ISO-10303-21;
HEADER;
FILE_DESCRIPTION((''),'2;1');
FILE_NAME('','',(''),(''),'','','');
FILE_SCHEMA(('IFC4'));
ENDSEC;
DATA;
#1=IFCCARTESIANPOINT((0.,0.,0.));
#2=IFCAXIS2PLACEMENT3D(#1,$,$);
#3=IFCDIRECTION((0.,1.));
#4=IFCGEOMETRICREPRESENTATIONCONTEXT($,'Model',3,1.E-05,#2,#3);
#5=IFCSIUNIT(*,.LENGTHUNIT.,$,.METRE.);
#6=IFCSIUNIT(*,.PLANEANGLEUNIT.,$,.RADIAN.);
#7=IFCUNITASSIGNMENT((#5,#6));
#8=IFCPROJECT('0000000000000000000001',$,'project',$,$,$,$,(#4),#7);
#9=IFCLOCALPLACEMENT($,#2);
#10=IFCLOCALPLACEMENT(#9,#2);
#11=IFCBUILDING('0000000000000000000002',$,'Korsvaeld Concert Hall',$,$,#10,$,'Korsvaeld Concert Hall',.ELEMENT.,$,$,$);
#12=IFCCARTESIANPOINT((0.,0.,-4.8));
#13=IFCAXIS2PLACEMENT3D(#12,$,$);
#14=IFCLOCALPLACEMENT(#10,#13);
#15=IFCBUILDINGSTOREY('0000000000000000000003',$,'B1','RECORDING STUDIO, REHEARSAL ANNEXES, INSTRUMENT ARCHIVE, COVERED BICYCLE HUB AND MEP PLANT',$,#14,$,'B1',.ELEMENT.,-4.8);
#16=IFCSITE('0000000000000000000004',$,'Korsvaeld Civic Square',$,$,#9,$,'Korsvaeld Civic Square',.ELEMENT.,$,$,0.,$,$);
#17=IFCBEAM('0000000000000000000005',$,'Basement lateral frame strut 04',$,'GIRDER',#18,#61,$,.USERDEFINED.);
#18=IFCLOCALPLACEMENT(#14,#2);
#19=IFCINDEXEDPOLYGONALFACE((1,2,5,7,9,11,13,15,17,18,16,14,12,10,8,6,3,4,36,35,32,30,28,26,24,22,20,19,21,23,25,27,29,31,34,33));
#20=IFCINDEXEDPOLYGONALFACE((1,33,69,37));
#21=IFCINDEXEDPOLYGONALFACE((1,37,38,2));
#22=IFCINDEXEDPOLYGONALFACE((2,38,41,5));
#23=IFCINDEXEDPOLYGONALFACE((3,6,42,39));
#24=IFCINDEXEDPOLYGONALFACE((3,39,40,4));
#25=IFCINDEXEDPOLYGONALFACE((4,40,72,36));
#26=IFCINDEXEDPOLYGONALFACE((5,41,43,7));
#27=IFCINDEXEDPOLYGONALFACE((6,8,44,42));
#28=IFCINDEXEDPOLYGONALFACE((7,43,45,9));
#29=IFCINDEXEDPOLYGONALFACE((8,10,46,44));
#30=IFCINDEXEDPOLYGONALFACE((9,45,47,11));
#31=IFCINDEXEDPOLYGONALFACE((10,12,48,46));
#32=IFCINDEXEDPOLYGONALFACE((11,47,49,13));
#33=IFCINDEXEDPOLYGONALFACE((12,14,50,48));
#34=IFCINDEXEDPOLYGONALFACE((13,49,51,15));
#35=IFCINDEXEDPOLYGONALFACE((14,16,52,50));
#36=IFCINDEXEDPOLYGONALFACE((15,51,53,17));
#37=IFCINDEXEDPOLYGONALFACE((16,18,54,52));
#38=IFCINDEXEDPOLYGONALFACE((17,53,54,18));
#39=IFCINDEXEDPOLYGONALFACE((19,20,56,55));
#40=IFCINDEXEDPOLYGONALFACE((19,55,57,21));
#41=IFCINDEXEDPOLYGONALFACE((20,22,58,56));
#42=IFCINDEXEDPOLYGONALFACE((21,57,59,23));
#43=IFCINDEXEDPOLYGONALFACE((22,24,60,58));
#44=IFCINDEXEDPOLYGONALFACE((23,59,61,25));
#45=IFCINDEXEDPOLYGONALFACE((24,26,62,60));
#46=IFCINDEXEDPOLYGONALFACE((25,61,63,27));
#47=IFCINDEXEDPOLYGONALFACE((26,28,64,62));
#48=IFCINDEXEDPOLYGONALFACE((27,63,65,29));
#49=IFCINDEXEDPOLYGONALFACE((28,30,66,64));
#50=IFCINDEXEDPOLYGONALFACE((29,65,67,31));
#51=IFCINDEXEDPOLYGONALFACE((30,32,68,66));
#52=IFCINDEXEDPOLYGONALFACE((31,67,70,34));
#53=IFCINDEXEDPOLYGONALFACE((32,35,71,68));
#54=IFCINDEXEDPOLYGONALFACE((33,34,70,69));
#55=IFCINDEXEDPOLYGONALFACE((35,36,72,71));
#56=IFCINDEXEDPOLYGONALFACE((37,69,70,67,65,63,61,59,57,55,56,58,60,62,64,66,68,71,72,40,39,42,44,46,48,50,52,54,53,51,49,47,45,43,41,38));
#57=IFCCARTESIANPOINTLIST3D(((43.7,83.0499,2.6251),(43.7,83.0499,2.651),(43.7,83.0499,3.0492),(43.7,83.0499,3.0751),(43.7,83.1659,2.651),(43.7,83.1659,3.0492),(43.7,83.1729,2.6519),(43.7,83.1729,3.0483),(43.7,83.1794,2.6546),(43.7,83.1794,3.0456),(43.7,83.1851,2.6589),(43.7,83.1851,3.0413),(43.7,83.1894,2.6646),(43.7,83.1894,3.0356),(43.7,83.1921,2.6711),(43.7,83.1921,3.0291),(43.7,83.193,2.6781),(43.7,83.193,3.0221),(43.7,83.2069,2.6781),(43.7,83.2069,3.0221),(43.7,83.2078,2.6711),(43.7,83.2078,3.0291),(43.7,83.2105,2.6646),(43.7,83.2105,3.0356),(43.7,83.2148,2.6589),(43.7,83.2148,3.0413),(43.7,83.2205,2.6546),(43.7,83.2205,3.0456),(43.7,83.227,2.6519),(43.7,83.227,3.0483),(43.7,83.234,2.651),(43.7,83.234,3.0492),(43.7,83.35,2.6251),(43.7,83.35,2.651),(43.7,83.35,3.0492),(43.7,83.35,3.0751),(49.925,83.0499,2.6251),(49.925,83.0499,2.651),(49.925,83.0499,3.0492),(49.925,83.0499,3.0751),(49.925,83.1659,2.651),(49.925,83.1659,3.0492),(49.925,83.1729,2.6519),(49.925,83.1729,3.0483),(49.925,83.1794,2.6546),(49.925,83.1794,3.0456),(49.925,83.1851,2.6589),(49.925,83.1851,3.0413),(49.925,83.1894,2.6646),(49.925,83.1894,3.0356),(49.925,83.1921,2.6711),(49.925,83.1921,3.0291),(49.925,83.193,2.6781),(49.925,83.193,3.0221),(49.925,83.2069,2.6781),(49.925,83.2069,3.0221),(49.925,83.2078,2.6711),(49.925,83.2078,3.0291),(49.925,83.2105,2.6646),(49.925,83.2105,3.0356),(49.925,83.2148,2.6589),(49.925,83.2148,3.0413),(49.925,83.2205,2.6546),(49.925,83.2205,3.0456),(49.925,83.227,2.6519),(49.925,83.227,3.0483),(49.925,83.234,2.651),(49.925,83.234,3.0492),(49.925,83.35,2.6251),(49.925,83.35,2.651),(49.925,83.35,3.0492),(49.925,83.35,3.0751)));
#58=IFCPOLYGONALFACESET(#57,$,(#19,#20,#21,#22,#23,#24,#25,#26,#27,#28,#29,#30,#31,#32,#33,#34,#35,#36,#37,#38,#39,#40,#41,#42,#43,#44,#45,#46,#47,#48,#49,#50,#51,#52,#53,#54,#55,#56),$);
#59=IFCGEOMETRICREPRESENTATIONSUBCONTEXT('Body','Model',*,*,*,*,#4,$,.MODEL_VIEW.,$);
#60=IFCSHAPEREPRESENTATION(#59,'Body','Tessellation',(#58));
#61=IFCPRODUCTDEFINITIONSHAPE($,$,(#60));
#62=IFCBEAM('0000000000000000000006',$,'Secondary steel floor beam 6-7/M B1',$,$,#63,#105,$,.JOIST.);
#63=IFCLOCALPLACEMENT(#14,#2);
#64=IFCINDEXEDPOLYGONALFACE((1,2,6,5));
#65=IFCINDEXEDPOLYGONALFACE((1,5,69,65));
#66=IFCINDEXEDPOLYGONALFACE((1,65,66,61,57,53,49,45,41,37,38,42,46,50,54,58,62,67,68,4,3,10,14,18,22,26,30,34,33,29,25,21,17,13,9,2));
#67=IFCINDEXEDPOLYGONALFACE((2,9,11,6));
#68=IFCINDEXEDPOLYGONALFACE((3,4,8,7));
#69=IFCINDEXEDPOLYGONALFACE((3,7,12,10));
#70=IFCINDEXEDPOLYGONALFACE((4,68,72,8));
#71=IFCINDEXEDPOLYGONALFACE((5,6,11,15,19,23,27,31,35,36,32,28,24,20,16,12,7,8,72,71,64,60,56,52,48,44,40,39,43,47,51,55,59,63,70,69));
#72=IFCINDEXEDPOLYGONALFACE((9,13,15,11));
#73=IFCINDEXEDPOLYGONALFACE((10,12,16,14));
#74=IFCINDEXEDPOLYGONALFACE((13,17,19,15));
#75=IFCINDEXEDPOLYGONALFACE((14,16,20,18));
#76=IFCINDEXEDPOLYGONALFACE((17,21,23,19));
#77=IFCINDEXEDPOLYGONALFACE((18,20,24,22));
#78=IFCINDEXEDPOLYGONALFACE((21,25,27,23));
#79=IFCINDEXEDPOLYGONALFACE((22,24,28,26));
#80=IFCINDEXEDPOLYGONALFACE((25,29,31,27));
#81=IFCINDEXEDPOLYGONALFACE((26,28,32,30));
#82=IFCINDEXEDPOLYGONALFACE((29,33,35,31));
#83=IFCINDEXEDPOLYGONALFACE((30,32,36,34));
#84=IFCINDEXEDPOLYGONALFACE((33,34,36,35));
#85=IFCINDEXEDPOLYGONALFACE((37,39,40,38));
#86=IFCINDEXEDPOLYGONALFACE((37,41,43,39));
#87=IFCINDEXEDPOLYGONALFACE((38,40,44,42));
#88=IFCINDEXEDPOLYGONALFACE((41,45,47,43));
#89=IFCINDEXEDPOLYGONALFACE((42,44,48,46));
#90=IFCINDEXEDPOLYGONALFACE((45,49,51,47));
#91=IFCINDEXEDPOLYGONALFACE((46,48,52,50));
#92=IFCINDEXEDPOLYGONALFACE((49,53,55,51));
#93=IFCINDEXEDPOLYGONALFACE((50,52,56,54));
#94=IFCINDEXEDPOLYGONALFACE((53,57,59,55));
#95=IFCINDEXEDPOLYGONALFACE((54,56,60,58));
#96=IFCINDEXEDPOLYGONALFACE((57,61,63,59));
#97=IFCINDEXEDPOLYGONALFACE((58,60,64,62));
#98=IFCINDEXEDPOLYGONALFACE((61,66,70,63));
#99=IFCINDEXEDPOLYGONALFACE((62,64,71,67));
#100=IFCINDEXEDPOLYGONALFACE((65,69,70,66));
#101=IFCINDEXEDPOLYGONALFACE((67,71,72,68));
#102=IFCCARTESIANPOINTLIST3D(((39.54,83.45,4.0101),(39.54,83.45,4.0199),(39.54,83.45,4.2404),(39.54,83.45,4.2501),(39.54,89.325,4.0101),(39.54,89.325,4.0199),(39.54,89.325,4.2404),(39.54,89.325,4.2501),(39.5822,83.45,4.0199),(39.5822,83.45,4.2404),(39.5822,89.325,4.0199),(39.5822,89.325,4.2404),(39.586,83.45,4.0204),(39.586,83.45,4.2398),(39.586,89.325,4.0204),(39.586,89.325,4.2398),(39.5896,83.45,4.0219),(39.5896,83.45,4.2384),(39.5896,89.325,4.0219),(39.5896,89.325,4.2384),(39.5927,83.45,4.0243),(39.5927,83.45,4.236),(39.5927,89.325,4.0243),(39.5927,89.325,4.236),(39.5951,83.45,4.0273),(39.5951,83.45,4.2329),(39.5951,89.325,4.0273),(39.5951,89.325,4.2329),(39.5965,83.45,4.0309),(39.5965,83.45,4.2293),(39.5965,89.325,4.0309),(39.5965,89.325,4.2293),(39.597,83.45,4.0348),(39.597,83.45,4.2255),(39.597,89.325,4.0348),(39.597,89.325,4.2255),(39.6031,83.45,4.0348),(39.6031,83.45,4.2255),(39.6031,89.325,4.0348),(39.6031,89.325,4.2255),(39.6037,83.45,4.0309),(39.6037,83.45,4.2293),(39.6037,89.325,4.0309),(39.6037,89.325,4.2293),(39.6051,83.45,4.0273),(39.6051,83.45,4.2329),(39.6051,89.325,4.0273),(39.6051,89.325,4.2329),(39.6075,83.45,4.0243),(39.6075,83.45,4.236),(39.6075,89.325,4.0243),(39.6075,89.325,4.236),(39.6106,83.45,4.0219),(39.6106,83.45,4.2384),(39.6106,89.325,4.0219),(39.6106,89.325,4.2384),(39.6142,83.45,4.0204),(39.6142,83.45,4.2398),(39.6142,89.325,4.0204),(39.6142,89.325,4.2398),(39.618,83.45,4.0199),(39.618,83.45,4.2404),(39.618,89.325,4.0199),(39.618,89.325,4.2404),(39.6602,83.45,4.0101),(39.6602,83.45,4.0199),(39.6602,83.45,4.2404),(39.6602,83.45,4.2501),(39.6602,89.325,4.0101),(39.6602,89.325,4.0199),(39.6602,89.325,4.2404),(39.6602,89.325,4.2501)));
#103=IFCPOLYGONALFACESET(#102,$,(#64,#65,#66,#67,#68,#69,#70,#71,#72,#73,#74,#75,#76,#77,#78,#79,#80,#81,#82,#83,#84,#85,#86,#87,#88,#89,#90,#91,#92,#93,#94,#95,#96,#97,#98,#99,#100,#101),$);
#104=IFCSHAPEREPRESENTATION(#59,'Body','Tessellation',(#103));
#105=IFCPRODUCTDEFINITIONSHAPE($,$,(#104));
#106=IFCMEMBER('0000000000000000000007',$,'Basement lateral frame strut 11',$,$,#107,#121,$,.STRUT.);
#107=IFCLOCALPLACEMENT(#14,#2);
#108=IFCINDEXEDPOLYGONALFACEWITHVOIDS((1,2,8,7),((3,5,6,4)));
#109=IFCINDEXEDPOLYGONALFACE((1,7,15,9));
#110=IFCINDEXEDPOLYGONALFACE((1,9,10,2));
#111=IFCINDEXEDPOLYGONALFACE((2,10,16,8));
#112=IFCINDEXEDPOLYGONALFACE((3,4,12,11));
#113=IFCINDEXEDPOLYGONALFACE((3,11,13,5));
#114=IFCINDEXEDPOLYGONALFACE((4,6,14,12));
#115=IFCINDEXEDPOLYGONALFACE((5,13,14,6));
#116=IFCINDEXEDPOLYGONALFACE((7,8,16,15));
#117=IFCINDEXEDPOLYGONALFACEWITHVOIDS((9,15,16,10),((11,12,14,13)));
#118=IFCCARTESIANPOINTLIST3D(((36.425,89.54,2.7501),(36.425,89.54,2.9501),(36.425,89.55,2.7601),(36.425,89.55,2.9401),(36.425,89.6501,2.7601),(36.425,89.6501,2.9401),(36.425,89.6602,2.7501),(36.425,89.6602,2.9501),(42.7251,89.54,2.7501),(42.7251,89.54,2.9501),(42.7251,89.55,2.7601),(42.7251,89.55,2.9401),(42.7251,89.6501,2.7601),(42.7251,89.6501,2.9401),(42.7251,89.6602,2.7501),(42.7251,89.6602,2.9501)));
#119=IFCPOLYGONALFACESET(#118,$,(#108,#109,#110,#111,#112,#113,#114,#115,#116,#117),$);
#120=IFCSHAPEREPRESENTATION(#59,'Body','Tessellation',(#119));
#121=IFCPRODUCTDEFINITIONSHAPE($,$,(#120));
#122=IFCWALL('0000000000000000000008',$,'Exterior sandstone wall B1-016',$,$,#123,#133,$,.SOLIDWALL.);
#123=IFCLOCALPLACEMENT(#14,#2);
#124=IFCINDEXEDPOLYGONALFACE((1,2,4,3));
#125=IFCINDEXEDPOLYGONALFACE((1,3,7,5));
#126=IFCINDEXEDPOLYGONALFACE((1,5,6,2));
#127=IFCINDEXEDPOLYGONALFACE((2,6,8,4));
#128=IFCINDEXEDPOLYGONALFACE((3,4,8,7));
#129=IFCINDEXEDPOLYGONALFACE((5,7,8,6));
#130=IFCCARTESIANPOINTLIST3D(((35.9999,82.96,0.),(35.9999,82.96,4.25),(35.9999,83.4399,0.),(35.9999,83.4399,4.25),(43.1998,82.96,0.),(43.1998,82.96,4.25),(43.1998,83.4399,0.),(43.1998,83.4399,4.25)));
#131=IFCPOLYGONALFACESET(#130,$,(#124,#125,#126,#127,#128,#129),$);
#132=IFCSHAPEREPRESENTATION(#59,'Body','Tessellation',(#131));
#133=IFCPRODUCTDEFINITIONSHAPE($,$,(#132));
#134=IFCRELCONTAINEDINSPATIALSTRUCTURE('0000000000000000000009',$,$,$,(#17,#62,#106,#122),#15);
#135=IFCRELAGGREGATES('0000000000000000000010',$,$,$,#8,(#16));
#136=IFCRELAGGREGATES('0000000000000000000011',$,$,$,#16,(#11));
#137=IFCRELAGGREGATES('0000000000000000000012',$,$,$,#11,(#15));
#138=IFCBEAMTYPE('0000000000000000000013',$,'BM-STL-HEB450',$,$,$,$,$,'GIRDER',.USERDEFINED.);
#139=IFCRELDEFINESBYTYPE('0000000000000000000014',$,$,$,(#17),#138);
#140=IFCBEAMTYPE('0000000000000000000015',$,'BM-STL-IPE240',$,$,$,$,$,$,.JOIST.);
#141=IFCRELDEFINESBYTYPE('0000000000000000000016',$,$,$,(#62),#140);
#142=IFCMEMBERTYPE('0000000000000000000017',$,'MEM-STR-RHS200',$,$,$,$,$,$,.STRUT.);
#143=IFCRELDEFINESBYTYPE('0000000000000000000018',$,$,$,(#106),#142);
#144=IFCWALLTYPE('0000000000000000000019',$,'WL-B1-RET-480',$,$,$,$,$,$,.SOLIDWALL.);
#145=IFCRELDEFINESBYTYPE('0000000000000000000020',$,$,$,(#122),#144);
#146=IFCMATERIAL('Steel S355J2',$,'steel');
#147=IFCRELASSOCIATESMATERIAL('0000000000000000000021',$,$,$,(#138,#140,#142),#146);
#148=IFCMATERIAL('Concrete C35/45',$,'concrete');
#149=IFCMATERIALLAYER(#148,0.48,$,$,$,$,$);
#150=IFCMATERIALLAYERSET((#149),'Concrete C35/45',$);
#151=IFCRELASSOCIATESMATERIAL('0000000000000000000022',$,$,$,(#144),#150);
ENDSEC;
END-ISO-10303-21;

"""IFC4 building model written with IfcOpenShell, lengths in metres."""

from ifc_helpers import new_model, si_unit, direction, frame, frame_2d, origin, origin_2d, place, context, subcontext, project, spatial, rectangle, hollow_rectangle, i_section, extrude, material, layer, layer_set, material_profile, profile_set, type_object, element, save


model = new_model("IFC4")

# Units and contexts
model_context = context("Model", 3, precision=1e-05, world=origin(), true_north=direction((0.0, 1.0)))
body_context = subcontext(model_context, "Body", "Model", "MODEL_VIEW")
ifc_project = project(units=[si_unit("LENGTHUNIT", "METRE"), si_unit("PLANEANGLEUNIT", "RADIAN")], contexts=[model_context])

# Site, building, storey
site_placement = place(None, origin())
site = spatial("IfcSite", under=ifc_project, at=site_placement, Name="Korsvaeld Civic Square", LongName="Korsvaeld Civic Square", CompositionType="ELEMENT", RefElevation=0.0)
building_placement = place(site_placement, origin())
building = spatial("IfcBuilding", under=site, at=building_placement, Name="Korsvaeld Concert Hall", LongName="Korsvaeld Concert Hall", CompositionType="ELEMENT")
storey_placement = place(building_placement, frame((0.0, 0.0, -4.8)))
storey = spatial("IfcBuildingStorey", under=building, at=storey_placement, Name="B1", Description="RECORDING STUDIO, REHEARSAL ANNEXES, INSTRUMENT ARCHIVE, COVERED BICYCLE HUB AND MEP PLANT", LongName="B1", CompositionType="ELEMENT", Elevation=-4.8)

# Shared definitions
ifc_material_1 = material(Name="Concrete C35/45", Category="concrete")

# Beams
ifc_material_2 = material(Name="Steel S355J2", Category="steel")
ifc_material_profile_1 = material_profile(ifc_material_2, i_section(OverallWidth=0.3, OverallDepth=0.45, WebThickness=0.0139, FlangeThickness=0.0259, FilletRadius=0.0271, at=origin_2d()), Name="HEB 450")
ifc_profile_set_1 = profile_set([ifc_material_profile_1], Name="Steel S355J2")
beam_type_1 = type_object("IfcBeamType", Name="BM-STL-HEB450", ElementType="GIRDER", PredefinedType="USERDEFINED", material=ifc_profile_set_1)
beam_1_placement = place(storey_placement, frame((43.7, 83.2, 2.8501), z_axis=(1.0, 0.0, 0.0), x_axis=(0.0, 1.0, 0.0)))
element("IfcBeam", 1, at=beam_1_placement, inside=storey, type_object=beam_type_1, Name="Basement lateral frame strut 04", ObjectType="GIRDER", PredefinedType="USERDEFINED", context=body_context, shape_type="SweptSolid", body=[
    extrude(i_section(OverallWidth=0.3, OverallDepth=0.45, WebThickness=0.0139, FlangeThickness=0.0259, FilletRadius=0.0271, at=origin_2d()), origin(), (0.0, 0.0, 1.0), 6.2251),
])
ifc_material_profile_2 = material_profile(ifc_material_2, i_section(OverallWidth=0.1201, OverallDepth=0.24, WebThickness=0.0061, FlangeThickness=0.0098, FilletRadius=0.0149, at=origin_2d()), Name="IPE 240")
ifc_profile_set_2 = profile_set([ifc_material_profile_2], Name="Steel S355J2")
beam_type_2 = type_object("IfcBeamType", Name="BM-STL-IPE240", PredefinedType="JOIST", material=ifc_profile_set_2)
beam_2_placement = place(storey_placement, frame((39.6001, 83.45, 4.1301), z_axis=(0.0, 1.0, 0.0), x_axis=(-1.0, 0.0, 0.0)))
element("IfcBeam", 2, at=beam_2_placement, inside=storey, type_object=beam_type_2, Name="Secondary steel floor beam 6-7/M B1", PredefinedType="JOIST", context=body_context, shape_type="SweptSolid", body=[
    extrude(i_section(OverallWidth=0.1201, OverallDepth=0.24, WebThickness=0.0061, FlangeThickness=0.0098, FilletRadius=0.0149, at=origin_2d()), origin(), (0.0, 0.0, 1.0), 5.875),
])

# Member
ifc_material_profile_3 = material_profile(ifc_material_2, hollow_rectangle(XDim=0.1201, YDim=0.2, WallThickness=0.01, at=origin_2d()), Name="RHS 200x120x10")
ifc_profile_set_3 = profile_set([ifc_material_profile_3], Name="Steel S355J2")
member_type = type_object("IfcMemberType", Name="MEM-STR-RHS200", PredefinedType="STRUT", material=ifc_profile_set_3)
member_placement = place(storey_placement, frame((36.425, 89.6001, 2.8501), z_axis=(1.0, 0.0, 0.0), x_axis=(0.0, 1.0, 0.0)))
element("IfcMember", 3, at=member_placement, inside=storey, type_object=member_type, Name="Basement lateral frame strut 11", PredefinedType="STRUT", context=body_context, shape_type="SweptSolid", body=[
    extrude(hollow_rectangle(XDim=0.1201, YDim=0.2, WallThickness=0.01, at=origin_2d()), origin(), (0.0, 0.0, 1.0), 6.3),
])

# Wall
ifc_layer = layer(ifc_material_1, 0.48)
ifc_layer_set = layer_set([ifc_layer], Name="Concrete C35/45")
wall_type = type_object("IfcWallType", Name="WL-B1-RET-480", PredefinedType="SOLIDWALL", material=ifc_layer_set)
wall_placement = place(storey_placement, frame((43.2, 83.2, 0.0), z_axis=(0.0, 0.0, 1.0), x_axis=(-1.0, 0.0, 0.0)))
element("IfcWall", 4, at=wall_placement, inside=storey, type_object=wall_type, Name="Exterior sandstone wall B1-016", PredefinedType="SOLIDWALL", context=body_context, shape_type="SweptSolid", body=[
    extrude(rectangle(XDim=7.2, YDim=0.48, at=frame_2d((3.6001, 0.0))), origin(), (0.0, 0.0, 1.0), 4.25),
])

save(model, "model.ifc")
